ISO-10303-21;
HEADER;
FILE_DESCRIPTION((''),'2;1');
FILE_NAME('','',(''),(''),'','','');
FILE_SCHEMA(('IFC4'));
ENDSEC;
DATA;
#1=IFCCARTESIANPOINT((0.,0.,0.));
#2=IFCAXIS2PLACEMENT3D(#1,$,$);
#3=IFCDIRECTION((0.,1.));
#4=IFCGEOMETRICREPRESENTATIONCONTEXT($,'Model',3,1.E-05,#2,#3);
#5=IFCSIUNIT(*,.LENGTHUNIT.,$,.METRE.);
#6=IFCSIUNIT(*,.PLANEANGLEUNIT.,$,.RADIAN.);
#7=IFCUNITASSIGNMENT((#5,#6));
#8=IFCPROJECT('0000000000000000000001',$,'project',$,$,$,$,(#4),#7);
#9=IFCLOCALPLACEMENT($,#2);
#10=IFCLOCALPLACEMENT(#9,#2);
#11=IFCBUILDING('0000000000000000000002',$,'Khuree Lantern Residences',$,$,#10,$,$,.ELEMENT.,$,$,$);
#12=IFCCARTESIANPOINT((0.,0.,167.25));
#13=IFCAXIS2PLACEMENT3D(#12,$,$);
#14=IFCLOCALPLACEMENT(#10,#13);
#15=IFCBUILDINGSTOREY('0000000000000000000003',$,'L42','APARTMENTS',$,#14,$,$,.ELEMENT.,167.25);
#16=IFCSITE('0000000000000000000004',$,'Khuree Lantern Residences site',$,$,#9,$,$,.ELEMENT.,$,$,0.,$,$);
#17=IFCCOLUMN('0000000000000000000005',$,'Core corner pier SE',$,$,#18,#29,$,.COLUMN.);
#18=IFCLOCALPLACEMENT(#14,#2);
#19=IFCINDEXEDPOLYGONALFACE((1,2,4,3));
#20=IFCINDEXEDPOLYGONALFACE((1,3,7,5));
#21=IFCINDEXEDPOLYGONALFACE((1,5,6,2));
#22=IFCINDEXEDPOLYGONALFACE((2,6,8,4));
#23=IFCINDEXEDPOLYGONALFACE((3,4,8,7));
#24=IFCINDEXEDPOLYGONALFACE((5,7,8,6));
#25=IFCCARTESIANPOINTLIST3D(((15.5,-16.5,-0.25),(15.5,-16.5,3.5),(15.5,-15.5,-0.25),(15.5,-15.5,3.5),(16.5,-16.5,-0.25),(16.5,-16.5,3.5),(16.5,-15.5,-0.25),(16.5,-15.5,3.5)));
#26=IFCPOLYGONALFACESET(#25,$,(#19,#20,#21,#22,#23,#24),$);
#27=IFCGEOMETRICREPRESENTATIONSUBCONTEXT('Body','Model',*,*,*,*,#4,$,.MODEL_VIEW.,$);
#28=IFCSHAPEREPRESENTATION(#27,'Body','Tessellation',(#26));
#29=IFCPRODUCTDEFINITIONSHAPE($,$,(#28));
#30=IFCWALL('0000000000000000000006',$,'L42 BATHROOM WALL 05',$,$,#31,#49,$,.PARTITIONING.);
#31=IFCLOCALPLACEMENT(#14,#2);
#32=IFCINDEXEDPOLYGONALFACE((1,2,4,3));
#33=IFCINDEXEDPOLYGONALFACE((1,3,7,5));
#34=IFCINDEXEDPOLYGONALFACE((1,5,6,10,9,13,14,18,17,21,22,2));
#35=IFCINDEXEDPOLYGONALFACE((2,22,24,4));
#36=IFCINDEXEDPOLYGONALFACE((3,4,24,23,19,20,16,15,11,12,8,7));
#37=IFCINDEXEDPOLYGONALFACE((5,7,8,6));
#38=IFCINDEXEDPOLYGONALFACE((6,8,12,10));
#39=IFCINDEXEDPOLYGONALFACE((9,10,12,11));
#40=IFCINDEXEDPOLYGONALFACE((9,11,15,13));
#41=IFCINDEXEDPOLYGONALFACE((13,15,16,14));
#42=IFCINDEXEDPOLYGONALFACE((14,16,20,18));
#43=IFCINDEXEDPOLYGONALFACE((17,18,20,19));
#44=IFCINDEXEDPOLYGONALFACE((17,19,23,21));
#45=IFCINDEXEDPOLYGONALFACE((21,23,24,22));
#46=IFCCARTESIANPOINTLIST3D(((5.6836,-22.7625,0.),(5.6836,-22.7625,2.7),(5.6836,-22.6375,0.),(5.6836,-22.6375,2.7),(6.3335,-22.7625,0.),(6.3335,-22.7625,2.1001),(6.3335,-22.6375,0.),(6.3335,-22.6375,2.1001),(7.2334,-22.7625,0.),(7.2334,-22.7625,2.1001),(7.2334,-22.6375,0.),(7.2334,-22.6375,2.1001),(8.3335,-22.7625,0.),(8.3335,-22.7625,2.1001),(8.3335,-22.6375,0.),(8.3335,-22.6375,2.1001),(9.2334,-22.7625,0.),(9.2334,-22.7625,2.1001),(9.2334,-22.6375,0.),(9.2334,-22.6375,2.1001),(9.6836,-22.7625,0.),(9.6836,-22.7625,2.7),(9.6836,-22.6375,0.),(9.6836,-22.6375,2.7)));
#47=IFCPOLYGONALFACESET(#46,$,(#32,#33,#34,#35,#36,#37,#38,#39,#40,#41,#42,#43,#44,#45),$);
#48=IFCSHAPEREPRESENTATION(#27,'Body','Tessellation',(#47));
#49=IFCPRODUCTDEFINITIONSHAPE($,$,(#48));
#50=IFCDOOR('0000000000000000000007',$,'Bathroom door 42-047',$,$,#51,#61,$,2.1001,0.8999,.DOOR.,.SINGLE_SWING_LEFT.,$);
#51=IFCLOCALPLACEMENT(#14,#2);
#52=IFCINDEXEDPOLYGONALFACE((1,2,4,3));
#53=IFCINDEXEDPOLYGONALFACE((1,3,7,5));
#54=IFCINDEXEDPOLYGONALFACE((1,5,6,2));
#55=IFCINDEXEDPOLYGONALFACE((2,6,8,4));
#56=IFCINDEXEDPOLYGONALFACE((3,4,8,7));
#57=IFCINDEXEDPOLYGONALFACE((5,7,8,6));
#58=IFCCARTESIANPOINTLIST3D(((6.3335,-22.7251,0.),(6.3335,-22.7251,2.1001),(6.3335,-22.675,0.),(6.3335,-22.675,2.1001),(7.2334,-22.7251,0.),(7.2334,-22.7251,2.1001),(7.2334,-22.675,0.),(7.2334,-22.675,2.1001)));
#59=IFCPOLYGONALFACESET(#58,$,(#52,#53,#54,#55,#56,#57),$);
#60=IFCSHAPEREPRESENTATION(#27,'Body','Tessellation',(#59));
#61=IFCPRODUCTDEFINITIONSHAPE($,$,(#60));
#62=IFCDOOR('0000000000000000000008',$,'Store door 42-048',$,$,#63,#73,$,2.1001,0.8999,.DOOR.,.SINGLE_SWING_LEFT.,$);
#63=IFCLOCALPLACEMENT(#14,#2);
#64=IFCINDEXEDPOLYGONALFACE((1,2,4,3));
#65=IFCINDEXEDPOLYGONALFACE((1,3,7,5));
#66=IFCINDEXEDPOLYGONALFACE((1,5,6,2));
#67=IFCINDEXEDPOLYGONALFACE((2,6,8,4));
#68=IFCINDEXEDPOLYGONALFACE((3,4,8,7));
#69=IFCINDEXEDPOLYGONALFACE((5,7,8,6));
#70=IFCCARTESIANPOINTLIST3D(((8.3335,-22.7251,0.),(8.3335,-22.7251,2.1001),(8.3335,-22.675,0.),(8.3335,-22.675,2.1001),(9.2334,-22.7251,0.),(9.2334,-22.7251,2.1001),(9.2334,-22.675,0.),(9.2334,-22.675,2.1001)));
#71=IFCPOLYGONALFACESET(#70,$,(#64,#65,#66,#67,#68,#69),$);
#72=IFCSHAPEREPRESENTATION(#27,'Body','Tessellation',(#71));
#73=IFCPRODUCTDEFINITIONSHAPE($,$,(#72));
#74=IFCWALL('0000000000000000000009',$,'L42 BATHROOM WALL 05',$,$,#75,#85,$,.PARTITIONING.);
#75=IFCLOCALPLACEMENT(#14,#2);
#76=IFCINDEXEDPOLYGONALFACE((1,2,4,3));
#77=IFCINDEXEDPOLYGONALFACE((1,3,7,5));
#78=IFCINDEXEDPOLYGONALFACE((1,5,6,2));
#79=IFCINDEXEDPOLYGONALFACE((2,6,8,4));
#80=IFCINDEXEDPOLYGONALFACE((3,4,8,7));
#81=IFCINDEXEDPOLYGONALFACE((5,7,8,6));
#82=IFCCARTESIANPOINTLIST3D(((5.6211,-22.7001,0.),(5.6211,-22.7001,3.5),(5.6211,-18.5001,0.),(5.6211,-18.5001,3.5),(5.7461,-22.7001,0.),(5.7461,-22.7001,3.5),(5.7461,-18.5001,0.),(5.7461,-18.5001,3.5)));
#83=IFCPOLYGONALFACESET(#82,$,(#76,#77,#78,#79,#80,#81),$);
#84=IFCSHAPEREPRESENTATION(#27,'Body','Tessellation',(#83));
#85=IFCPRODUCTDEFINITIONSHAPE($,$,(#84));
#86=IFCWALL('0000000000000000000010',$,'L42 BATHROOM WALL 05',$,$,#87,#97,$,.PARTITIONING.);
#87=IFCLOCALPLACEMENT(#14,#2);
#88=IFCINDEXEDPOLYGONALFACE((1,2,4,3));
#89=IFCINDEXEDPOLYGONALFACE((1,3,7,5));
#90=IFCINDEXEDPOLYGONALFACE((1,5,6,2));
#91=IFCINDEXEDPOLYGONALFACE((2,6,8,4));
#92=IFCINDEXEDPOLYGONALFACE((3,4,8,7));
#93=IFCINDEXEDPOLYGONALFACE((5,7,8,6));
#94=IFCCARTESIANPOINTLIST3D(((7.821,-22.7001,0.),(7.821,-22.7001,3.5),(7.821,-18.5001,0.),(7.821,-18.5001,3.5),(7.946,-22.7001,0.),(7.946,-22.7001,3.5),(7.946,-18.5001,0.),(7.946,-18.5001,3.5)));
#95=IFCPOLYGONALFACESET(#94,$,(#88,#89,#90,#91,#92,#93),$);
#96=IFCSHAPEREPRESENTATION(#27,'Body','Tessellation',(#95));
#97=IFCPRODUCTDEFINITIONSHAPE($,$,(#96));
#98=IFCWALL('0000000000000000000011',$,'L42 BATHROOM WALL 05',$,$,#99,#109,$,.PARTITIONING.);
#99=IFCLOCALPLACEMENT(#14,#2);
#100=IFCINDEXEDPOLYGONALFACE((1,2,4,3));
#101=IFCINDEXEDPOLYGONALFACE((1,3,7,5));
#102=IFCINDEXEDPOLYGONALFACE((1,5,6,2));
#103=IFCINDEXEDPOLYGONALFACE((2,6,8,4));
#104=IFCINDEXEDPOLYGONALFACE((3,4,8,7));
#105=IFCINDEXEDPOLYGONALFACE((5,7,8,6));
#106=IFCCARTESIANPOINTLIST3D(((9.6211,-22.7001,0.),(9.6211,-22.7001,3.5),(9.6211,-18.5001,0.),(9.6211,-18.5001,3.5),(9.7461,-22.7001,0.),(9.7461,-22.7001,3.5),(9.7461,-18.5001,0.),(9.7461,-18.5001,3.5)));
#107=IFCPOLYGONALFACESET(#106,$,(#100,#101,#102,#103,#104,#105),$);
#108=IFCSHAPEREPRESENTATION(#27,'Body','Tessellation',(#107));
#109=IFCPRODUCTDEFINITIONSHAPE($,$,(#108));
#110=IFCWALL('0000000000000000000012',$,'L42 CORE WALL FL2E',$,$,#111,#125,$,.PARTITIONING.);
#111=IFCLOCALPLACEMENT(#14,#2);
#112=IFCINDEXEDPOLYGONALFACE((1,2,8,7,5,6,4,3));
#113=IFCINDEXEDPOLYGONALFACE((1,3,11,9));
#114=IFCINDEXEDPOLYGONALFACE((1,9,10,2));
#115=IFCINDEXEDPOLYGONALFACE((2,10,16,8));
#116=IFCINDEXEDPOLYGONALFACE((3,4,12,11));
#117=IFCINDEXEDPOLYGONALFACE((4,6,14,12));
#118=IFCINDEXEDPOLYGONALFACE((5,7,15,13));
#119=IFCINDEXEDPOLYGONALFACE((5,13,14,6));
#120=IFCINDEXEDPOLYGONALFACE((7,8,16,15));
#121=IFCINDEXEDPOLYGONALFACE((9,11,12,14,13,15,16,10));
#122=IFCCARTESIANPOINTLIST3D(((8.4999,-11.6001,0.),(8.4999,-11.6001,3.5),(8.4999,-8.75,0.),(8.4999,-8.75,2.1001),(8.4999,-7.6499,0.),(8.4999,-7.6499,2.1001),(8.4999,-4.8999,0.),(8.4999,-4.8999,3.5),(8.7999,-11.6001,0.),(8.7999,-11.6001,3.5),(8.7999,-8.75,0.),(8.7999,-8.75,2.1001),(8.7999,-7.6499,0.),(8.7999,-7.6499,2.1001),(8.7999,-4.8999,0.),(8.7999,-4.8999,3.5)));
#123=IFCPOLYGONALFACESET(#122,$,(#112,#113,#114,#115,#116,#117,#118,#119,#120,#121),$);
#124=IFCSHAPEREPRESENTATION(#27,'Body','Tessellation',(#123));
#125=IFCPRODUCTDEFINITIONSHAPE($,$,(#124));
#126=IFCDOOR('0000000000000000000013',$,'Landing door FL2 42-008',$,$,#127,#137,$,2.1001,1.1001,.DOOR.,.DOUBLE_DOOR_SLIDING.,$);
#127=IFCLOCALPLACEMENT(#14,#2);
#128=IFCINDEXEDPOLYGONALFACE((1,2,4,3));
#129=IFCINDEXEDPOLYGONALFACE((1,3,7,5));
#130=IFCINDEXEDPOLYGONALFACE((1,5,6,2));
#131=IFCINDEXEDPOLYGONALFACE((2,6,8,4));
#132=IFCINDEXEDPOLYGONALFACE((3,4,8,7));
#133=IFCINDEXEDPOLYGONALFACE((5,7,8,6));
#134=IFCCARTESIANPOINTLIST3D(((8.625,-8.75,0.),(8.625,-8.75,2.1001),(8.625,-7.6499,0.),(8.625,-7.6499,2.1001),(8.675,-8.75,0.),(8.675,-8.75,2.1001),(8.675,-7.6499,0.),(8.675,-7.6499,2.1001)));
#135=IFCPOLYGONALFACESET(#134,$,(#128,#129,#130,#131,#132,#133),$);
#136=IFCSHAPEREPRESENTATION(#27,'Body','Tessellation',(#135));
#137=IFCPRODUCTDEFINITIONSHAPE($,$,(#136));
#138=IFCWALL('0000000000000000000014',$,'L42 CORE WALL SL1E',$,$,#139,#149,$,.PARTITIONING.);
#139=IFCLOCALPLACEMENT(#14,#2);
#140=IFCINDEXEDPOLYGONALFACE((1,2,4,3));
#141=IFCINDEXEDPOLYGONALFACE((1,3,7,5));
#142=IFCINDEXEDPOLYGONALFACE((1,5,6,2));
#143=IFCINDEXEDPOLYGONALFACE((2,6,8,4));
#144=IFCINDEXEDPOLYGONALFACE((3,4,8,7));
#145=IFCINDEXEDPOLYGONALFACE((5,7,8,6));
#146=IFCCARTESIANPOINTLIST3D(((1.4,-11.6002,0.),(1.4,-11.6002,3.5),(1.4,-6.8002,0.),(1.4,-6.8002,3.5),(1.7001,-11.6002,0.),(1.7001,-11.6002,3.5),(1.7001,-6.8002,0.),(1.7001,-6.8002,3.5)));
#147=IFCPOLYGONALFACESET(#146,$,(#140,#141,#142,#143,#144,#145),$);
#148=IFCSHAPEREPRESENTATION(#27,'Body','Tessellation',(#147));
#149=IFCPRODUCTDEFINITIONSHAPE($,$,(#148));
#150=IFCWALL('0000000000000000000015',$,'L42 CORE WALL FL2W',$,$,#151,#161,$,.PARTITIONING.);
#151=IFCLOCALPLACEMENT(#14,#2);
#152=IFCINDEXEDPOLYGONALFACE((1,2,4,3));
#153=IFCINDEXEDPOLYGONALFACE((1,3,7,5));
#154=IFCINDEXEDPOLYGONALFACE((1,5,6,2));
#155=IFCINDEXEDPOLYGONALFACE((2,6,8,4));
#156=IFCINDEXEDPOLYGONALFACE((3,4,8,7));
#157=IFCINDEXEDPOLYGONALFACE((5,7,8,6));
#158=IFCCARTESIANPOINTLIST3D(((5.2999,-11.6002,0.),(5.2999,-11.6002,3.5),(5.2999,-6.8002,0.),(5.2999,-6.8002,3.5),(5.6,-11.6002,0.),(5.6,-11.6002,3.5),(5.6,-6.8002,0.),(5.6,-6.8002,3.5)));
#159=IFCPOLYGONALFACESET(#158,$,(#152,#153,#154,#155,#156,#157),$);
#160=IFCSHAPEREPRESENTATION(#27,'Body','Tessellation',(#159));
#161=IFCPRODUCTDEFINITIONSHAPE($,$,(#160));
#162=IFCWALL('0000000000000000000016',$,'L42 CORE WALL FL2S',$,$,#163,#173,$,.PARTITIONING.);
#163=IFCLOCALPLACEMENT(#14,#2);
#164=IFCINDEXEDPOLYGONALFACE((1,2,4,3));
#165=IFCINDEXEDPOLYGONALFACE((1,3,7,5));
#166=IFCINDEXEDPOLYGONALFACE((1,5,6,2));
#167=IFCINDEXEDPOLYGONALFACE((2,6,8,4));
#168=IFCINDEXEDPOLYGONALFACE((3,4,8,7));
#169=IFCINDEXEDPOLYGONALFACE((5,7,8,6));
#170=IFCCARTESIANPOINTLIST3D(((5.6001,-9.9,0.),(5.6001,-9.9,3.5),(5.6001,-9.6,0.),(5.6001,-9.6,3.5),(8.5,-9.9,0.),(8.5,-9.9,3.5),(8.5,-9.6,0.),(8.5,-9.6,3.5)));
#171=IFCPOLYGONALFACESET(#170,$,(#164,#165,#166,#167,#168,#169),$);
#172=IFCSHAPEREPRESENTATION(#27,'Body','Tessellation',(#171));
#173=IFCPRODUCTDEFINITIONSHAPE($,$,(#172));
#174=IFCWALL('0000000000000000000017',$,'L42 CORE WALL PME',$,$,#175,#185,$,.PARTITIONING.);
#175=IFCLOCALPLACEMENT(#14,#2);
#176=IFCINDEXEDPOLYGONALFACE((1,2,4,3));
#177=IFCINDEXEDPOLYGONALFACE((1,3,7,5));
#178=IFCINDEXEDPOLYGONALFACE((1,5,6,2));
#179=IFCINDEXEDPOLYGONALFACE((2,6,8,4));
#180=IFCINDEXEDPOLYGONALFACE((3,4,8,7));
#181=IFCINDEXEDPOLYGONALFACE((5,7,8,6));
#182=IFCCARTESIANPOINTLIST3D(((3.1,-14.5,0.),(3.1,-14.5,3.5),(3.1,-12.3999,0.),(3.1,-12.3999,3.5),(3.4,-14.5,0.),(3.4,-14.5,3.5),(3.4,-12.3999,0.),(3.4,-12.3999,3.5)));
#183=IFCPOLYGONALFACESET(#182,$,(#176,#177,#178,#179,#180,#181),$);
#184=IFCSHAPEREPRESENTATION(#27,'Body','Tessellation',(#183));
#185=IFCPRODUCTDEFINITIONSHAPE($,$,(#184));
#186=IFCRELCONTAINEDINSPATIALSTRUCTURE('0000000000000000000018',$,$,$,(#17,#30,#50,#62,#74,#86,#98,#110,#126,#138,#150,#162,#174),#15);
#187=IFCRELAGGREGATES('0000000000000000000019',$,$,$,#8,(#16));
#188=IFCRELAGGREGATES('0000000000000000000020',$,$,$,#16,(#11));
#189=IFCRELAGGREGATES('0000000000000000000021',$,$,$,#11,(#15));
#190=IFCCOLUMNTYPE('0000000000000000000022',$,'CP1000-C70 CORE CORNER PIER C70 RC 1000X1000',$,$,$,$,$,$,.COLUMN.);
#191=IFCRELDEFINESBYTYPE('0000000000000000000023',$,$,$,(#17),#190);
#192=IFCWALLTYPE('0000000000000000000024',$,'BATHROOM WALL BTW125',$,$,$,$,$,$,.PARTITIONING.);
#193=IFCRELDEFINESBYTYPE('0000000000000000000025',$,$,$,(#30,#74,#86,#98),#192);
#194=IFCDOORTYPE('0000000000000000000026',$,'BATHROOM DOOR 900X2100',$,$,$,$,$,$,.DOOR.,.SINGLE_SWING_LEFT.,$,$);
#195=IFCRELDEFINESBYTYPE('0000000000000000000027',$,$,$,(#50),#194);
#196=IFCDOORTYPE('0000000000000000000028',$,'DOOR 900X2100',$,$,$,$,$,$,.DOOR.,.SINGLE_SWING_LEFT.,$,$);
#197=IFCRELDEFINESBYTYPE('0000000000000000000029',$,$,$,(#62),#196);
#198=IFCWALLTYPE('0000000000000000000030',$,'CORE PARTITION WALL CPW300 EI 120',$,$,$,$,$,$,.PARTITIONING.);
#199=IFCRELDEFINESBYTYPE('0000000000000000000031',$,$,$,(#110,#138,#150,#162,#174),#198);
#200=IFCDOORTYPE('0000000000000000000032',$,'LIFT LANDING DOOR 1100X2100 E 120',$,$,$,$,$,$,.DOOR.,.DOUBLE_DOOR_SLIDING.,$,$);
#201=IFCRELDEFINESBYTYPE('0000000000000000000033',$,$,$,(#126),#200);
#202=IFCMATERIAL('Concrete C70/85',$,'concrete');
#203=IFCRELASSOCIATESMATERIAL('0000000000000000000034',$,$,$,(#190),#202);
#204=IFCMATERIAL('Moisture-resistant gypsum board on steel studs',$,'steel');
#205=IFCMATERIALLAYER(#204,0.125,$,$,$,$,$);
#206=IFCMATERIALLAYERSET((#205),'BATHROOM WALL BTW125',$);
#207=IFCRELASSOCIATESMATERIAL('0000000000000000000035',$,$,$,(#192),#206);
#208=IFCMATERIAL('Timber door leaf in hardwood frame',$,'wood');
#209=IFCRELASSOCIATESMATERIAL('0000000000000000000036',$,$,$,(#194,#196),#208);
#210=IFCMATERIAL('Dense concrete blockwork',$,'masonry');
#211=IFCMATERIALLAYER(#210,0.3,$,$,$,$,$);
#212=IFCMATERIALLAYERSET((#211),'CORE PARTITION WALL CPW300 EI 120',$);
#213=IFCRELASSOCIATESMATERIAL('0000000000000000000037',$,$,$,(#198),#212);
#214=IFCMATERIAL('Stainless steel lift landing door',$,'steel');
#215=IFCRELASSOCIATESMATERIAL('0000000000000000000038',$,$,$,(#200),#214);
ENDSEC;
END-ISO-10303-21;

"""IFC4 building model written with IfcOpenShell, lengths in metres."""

from ifc_helpers import new_model, si_unit, direction, frame, frame_2d, origin, origin_2d, place, context, subcontext, project, spatial, rectangle, extrude, material, layer, layer_set, material_profile, profile_set, type_object, element, fill, save


model = new_model("IFC4")

# Units and contexts
model_context = context("Model", 3, precision=1e-05, world=origin(), true_north=direction((0.0, 1.0)))
body_context = subcontext(model_context, "Body", "Model", "MODEL_VIEW")
ifc_project = project(units=[si_unit("LENGTHUNIT", "METRE"), si_unit("PLANEANGLEUNIT", "RADIAN")], contexts=[model_context])

# Site, building, storey
site_placement = place(None, origin())
site = spatial("IfcSite", under=ifc_project, at=site_placement, Name="Khuree Lantern Residences site", CompositionType="ELEMENT", RefElevation=0.0)
building_placement = place(site_placement, origin())
building = spatial("IfcBuilding", under=site, at=building_placement, Name="Khuree Lantern Residences", CompositionType="ELEMENT")
storey_placement = place(building_placement, frame((0.0, 0.0, 167.25)))
storey = spatial("IfcBuildingStorey", under=building, at=storey_placement, Name="L42", Description="APARTMENTS", CompositionType="ELEMENT", Elevation=167.25)

# Column
ifc_material_1 = material(Name="Concrete C70/85", Category="concrete")
ifc_material_profile = material_profile(ifc_material_1, rectangle(XDim=1.0, YDim=1.0, at=origin_2d()), Name="RC 1000X1000")
ifc_profile_set = profile_set([ifc_material_profile], Name="Concrete C70/85")
column_type = type_object("IfcColumnType", Name="CP1000-C70 CORE CORNER PIER C70 RC 1000X1000", PredefinedType="COLUMN", material=ifc_profile_set)
column_placement = place(storey_placement, frame((16.0, -16.0, -0.25), z_axis=(0.0, 0.0, 1.0), x_axis=(1.0, 0.0, 0.0)))
element("IfcColumn", 1, at=column_placement, inside=storey, type_object=column_type, Name="Core corner pier SE", PredefinedType="COLUMN", context=body_context, shape_type="SweptSolid", body=[
    extrude(rectangle(XDim=1.0, YDim=1.0, at=origin_2d()), origin(), (0.0, 0.0, 1.0), 3.75),
])

# Wall, openings, doors
ifc_material_2 = material(Name="Moisture-resistant gypsum board on steel studs", Category="steel")
ifc_layer_1 = layer(ifc_material_2, 0.125)
ifc_layer_set_1 = layer_set([ifc_layer_1], Name="BATHROOM WALL BTW125")
wall_type_1 = type_object("IfcWallType", Name="BATHROOM WALL BTW125", PredefinedType="PARTITIONING", material=ifc_layer_set_1)
wall_1_placement = place(storey_placement, frame((5.6836, -22.7, 0.0), z_axis=(0.0, 0.0, 1.0), x_axis=(1.0, 0.0, 0.0)))
wall_1 = element("IfcWall", 2, at=wall_1_placement, inside=storey, type_object=wall_type_1, Name="L42 BATHROOM WALL 05", PredefinedType="PARTITIONING", context=body_context, shape_type="SweptSolid", body=[
    extrude(rectangle(XDim=4.0, YDim=0.125, at=frame_2d((2.0, 0.0))), origin(), (0.0, 0.0, 1.0), 2.7),
])
opening_1_placement = place(wall_1_placement, frame((0.6499, 0.0, 0.0)))
opening_1 = element("IfcOpeningElement", 3, at=opening_1_placement, cuts=wall_1, PredefinedType="OPENING", context=body_context, shape_type="SweptSolid", body=[
    extrude(rectangle(XDim=0.8999, YDim=2.1001, at=frame_2d((0.45, 1.05))), frame((0.0, 0.0725, 0.0), z_axis=(0.0, -1.0, 0.0), x_axis=(1.0, 0.0, 0.0)), (0.0, 0.0, 1.0), 0.145),
])
opening_2_placement = place(wall_1_placement, frame((2.6499, 0.0, 0.0)))
opening_2 = element("IfcOpeningElement", 4, at=opening_2_placement, cuts=wall_1, PredefinedType="OPENING", context=body_context, shape_type="SweptSolid", body=[
    extrude(rectangle(XDim=0.8999, YDim=2.1001, at=frame_2d((0.45, 1.05))), frame((0.0, 0.0725, 0.0), z_axis=(0.0, -1.0, 0.0), x_axis=(1.0, 0.0, 0.0)), (0.0, 0.0, 1.0), 0.145),
])
ifc_material_3 = material(Name="Timber door leaf in hardwood frame", Category="wood")
door_type_1 = type_object("IfcDoorType", Name="BATHROOM DOOR 900X2100", OperationType="SINGLE_SWING_LEFT", PredefinedType="DOOR", material=ifc_material_3)
door_1_placement = place(opening_1_placement, origin())
door_1 = element("IfcDoor", 5, at=door_1_placement, inside=storey, type_object=door_type_1, Name="Bathroom door 42-047", OperationType="SINGLE_SWING_LEFT", OverallHeight=2.1001, OverallWidth=0.8999, PredefinedType="DOOR", context=body_context, shape_type="SweptSolid", body=[
    extrude(rectangle(XDim=0.8999, YDim=2.1001, at=frame_2d((0.45, 1.05))), frame((0.0, 0.0249, 0.0), z_axis=(0.0, -1.0, 0.0), x_axis=(1.0, 0.0, 0.0)), (0.0, 0.0, 1.0), 0.05),
])
fill(opening_1, door_1)
door_type_2 = type_object("IfcDoorType", Name="DOOR 900X2100", OperationType="SINGLE_SWING_LEFT", PredefinedType="DOOR", material=ifc_material_3)
door_2_placement = place(opening_2_placement, origin())
door_2 = element("IfcDoor", 6, at=door_2_placement, inside=storey, type_object=door_type_2, Name="Store door 42-048", OperationType="SINGLE_SWING_LEFT", OverallHeight=2.1001, OverallWidth=0.8999, PredefinedType="DOOR", context=body_context, shape_type="SweptSolid", body=[
    extrude(rectangle(XDim=0.8999, YDim=2.1001, at=frame_2d((0.45, 1.05))), frame((0.0, 0.0249, 0.0), z_axis=(0.0, -1.0, 0.0), x_axis=(1.0, 0.0, 0.0)), (0.0, 0.0, 1.0), 0.05),
])
fill(opening_2, door_2)

# Walls
for number, where, z_axis, x_axis, name in (
    (7, (5.6836, -18.5, 0.0), (0.0, 0.0, 1.0), (0.0, -1.0, 0.0), "L42 BATHROOM WALL 05"),
    (8, (7.8835, -18.5, 0.0), (0.0, 0.0, 1.0), (0.0, -1.0, 0.0), "L42 BATHROOM WALL 05"),
    (9, (9.6836, -18.5, 0.0), (0.0, 0.0, 1.0), (0.0, -1.0, 0.0), "L42 BATHROOM WALL 05"),
):
    element("IfcWall", number, at=place(storey_placement, frame(where, z_axis=z_axis, x_axis=x_axis)), inside=storey, type_object=wall_type_1, Name=name, PredefinedType="PARTITIONING", context=body_context, shape_type="SweptSolid", body=[
        extrude(rectangle(XDim=4.2, YDim=0.125, at=frame_2d((2.1001, 0.0))), origin(), (0.0, 0.0, 1.0), 3.5),
    ])

# Wall, opening, door
ifc_material_4 = material(Name="Dense concrete blockwork", Category="masonry")
ifc_layer_2 = layer(ifc_material_4, 0.3)
ifc_layer_set_2 = layer_set([ifc_layer_2], Name="CORE PARTITION WALL CPW300 EI 120")
wall_type_2 = type_object("IfcWallType", Name="CORE PARTITION WALL CPW300 EI 120", PredefinedType="PARTITIONING", material=ifc_layer_set_2)
wall_2_placement = place(storey_placement, frame((8.6499, -11.6001, 0.0), z_axis=(0.0, 0.0, 1.0), x_axis=(0.0, 1.0, 0.0)))
wall_2 = element("IfcWall", 10, at=wall_2_placement, inside=storey, type_object=wall_type_2, Name="L42 CORE WALL FL2E", PredefinedType="PARTITIONING", context=body_context, shape_type="SweptSolid", body=[
    extrude(rectangle(XDim=6.7002, YDim=0.3, at=frame_2d((3.3501, 0.0))), origin(), (0.0, 0.0, 1.0), 3.5),
])
opening_3_placement = place(wall_2_placement, frame((2.8501, 0.0, 0.0)))
opening_3 = element("IfcOpeningElement", 11, at=opening_3_placement, cuts=wall_2, PredefinedType="OPENING", context=body_context, shape_type="SweptSolid", body=[
    extrude(rectangle(XDim=1.1001, YDim=2.1001, at=frame_2d((0.55, 1.05))), frame((0.0, 0.1602, 0.0), z_axis=(0.0, -1.0, 0.0), x_axis=(1.0, 0.0, 0.0)), (0.0, 0.0, 1.0), 0.3201),
])
ifc_material_5 = material(Name="Stainless steel lift landing door", Category="steel")
door_type_3 = type_object("IfcDoorType", Name="LIFT LANDING DOOR 1100X2100 E 120", OperationType="DOUBLE_DOOR_SLIDING", PredefinedType="DOOR", material=ifc_material_5)
door_3_placement = place(opening_3_placement, origin())
door_3 = element("IfcDoor", 12, at=door_3_placement, inside=storey, type_object=door_type_3, Name="Landing door FL2 42-008", OperationType="DOUBLE_DOOR_SLIDING", OverallHeight=2.1001, OverallWidth=1.1001, PredefinedType="DOOR", context=body_context, shape_type="SweptSolid", body=[
    extrude(rectangle(XDim=1.1001, YDim=2.1001, at=frame_2d((0.55, 1.05))), frame((0.0, 0.0249, 0.0), z_axis=(0.0, -1.0, 0.0), x_axis=(1.0, 0.0, 0.0)), (0.0, 0.0, 1.0), 0.05),
])
fill(opening_3, door_3)

# Walls
for number, where, z_axis, x_axis, name in (
    (13, (1.55, -11.6001, 0.0), (0.0, 0.0, 1.0), (0.0, 1.0, 0.0), "L42 CORE WALL SL1E"),
    (14, (5.45, -11.6001, 0.0), (0.0, 0.0, 1.0), (0.0, 1.0, 0.0), "L42 CORE WALL FL2W"),
):
    element("IfcWall", number, at=place(storey_placement, frame(where, z_axis=z_axis, x_axis=x_axis)), inside=storey, type_object=wall_type_2, Name=name, PredefinedType="PARTITIONING", context=body_context, shape_type="SweptSolid", body=[
        extrude(rectangle(XDim=4.8, YDim=0.3, at=frame_2d((2.3999, 0.0))), origin(), (0.0, 0.0, 1.0), 3.5),
    ])
wall_3_placement = place(storey_placement, frame((5.6001, -9.75, 0.0), z_axis=(0.0, 0.0, 1.0), x_axis=(1.0, 0.0, 0.0)))
element("IfcWall", 15, at=wall_3_placement, inside=storey, type_object=wall_type_2, Name="L42 CORE WALL FL2S", PredefinedType="PARTITIONING", context=body_context, shape_type="SweptSolid", body=[
    extrude(rectangle(XDim=2.8999, YDim=0.3, at=frame_2d((1.45, 0.0))), origin(), (0.0, 0.0, 1.0), 3.5),
])
wall_4_placement = place(storey_placement, frame((3.25, -14.5, 0.0), z_axis=(0.0, 0.0, 1.0), x_axis=(0.0, 1.0, 0.0)))
element("IfcWall", 16, at=wall_4_placement, inside=storey, type_object=wall_type_2, Name="L42 CORE WALL PME", PredefinedType="PARTITIONING", context=body_context, shape_type="SweptSolid", body=[
    extrude(rectangle(XDim=2.1001, YDim=0.3, at=frame_2d((1.05, 0.0))), origin(), (0.0, 0.0, 1.0), 3.5),
])

save(model, "model.ifc")
